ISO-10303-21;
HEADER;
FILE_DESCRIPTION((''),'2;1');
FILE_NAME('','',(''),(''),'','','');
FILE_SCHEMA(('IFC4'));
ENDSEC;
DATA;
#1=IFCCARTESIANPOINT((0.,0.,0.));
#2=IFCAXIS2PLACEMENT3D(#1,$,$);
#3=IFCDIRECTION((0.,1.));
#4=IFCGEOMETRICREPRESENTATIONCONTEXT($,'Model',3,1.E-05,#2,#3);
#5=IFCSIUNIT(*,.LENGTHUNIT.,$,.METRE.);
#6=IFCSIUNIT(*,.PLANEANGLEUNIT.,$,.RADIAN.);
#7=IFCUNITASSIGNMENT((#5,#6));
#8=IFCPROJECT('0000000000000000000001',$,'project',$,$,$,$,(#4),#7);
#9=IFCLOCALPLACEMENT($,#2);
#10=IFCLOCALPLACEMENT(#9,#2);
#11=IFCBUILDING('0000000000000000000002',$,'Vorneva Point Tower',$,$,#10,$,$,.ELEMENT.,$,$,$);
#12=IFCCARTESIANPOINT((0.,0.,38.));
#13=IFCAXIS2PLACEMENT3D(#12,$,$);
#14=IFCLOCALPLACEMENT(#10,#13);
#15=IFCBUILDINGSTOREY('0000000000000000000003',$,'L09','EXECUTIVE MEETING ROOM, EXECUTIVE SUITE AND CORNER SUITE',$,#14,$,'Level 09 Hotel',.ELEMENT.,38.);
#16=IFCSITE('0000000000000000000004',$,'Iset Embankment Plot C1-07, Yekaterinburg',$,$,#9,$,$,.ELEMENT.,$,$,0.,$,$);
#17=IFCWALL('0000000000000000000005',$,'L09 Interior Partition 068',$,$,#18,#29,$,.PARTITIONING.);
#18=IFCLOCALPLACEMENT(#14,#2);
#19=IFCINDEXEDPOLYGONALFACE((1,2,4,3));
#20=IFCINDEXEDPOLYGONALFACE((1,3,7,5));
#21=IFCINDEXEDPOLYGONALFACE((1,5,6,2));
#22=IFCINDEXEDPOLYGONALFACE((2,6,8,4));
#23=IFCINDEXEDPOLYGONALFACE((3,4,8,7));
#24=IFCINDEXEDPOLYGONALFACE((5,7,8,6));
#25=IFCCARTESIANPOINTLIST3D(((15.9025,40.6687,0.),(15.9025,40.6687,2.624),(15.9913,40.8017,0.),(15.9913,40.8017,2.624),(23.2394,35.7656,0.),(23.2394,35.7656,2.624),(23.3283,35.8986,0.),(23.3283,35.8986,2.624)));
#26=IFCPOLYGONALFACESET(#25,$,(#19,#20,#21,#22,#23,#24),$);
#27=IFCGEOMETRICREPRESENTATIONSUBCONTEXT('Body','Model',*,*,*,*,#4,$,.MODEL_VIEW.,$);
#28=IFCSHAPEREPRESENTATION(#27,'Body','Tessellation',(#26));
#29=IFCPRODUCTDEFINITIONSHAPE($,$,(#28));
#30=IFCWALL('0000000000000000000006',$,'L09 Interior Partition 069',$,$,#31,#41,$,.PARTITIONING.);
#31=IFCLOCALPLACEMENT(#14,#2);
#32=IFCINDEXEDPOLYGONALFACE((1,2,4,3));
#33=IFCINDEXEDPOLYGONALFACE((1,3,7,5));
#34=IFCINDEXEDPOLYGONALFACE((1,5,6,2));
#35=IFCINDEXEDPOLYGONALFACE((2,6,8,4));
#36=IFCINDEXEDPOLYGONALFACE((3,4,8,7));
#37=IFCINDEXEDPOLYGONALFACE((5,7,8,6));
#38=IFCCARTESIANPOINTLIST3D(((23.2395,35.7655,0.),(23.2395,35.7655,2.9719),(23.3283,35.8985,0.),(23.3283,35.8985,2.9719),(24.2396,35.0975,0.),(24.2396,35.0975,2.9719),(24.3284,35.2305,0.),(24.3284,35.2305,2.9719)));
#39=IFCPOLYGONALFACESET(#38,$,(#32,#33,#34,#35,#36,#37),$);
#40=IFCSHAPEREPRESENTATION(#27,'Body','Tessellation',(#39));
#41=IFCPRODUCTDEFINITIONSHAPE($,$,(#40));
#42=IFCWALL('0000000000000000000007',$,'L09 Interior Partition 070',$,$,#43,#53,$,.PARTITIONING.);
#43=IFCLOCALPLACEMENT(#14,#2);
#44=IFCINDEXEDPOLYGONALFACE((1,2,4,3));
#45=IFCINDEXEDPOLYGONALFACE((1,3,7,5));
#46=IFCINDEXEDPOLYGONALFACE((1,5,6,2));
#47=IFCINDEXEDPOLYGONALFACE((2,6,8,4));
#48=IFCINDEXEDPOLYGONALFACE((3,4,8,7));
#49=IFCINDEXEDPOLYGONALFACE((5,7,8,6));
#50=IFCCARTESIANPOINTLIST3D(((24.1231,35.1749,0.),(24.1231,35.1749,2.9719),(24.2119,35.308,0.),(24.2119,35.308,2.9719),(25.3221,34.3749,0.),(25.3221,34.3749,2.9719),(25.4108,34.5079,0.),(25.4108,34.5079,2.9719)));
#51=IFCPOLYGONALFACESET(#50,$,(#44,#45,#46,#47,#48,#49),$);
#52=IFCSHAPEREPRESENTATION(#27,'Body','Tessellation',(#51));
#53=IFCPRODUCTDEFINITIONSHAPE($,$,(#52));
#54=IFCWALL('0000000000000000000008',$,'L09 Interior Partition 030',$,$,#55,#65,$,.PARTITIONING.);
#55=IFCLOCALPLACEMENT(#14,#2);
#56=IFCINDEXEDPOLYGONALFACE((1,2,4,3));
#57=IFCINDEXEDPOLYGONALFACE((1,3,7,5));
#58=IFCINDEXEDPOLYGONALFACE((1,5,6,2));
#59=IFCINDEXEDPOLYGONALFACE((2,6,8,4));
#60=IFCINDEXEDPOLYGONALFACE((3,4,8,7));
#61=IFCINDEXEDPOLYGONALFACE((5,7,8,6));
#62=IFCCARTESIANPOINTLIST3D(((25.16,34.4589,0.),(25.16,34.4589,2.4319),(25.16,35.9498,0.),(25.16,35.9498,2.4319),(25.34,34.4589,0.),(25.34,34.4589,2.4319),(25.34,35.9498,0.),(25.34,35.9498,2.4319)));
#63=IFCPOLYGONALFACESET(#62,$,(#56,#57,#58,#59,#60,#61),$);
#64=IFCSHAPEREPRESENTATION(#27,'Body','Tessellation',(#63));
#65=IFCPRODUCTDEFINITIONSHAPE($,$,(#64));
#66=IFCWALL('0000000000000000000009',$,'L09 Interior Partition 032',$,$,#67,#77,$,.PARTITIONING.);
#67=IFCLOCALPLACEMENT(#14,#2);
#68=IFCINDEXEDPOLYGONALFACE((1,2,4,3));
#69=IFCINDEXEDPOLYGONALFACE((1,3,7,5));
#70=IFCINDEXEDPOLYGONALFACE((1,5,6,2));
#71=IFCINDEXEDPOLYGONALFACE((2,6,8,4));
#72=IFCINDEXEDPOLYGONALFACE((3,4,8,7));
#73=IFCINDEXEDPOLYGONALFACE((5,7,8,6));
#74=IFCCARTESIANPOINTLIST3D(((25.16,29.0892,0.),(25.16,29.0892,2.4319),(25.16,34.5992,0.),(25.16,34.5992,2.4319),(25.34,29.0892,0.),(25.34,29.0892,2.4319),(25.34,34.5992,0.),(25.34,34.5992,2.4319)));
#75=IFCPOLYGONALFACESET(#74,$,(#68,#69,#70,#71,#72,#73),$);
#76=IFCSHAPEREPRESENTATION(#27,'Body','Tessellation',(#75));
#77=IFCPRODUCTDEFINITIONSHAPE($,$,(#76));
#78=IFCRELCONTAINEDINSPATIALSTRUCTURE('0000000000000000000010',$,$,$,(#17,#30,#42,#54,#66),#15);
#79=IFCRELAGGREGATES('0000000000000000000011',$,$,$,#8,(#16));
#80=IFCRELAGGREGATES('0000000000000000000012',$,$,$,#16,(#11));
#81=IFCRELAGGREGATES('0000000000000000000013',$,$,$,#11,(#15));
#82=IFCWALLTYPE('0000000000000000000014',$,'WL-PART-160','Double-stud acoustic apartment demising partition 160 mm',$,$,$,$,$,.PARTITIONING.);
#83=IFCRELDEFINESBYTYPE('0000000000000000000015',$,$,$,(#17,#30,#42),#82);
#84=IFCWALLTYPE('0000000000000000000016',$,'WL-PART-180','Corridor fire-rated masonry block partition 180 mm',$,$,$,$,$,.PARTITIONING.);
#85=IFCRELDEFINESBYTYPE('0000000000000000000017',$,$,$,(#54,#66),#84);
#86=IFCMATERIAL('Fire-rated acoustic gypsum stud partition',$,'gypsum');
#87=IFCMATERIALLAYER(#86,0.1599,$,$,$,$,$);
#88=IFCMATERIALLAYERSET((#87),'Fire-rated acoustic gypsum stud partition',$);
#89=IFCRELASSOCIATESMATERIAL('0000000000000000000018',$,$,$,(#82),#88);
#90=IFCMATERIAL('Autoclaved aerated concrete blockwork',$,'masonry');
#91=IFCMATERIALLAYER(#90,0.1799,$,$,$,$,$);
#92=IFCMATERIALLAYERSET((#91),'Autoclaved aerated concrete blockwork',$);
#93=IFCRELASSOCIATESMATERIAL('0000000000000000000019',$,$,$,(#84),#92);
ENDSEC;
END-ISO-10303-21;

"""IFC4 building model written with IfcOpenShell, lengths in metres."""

from ifc_helpers import new_model, si_unit, direction, frame, frame_2d, origin, place, context, subcontext, project, spatial, rectangle, extrude, material, layer, layer_set, type_object, element, save


model = new_model("IFC4")

# Units and contexts
model_context = context("Model", 3, precision=1e-05, world=origin(), true_north=direction((0.0, 1.0)))
body_context = subcontext(model_context, "Body", "Model", "MODEL_VIEW")
ifc_project = project(units=[si_unit("LENGTHUNIT", "METRE"), si_unit("PLANEANGLEUNIT", "RADIAN")], contexts=[model_context])

# Site, building, storey
site_placement = place(None, origin())
site = spatial("IfcSite", under=ifc_project, at=site_placement, Name="Iset Embankment Plot C1-07, Yekaterinburg", CompositionType="ELEMENT", RefElevation=0.0)
building_placement = place(site_placement, origin())
building = spatial("IfcBuilding", under=site, at=building_placement, Name="Vorneva Point Tower", CompositionType="ELEMENT")
storey_placement = place(building_placement, frame((0.0, 0.0, 38.0)))
storey = spatial("IfcBuildingStorey", under=building, at=storey_placement, Name="L09", Description="EXECUTIVE MEETING ROOM, EXECUTIVE SUITE AND CORNER SUITE", LongName="Level 09 Hotel", CompositionType="ELEMENT", Elevation=38.0)

# Shared definitions
ifc_material_1 = material(Name="Fire-rated acoustic gypsum stud partition", Category="gypsum")

# Walls
ifc_layer_1 = layer(ifc_material_1, 0.1599)
ifc_layer_set_1 = layer_set([ifc_layer_1], Name="Fire-rated acoustic gypsum stud partition")
wall_type_1 = type_object("IfcWallType", Name="WL-PART-160", Description="Double-stud acoustic apartment demising partition 160 mm", PredefinedType="PARTITIONING", material=ifc_layer_set_1)
wall_1_placement = place(storey_placement, frame((15.947, 40.7351, 0.0), z_axis=(0.0, 0.0, 1.0), x_axis=(0.831433, -0.555626, 0.0)))
element("IfcWall", 1, at=wall_1_placement, inside=storey, type_object=wall_type_1, Name="L09 Interior Partition 068", PredefinedType="PARTITIONING", context=body_context, shape_type="SweptSolid", body=[
    extrude(rectangle(XDim=8.8245, YDim=0.1599, at=frame_2d((4.4121, 0.0))), origin(), (0.0, 0.0, 1.0), 2.624),
])
wall_2_placement = place(storey_placement, frame((23.2839, 35.832, 0.0), z_axis=(0.0, 0.0, 1.0), x_axis=(0.83155, -0.55545, 0.0)))
element("IfcWall", 2, at=wall_2_placement, inside=storey, type_object=wall_type_1, Name="L09 Interior Partition 069", PredefinedType="PARTITIONING", context=body_context, shape_type="SweptSolid", body=[
    extrude(rectangle(XDim=1.2026, YDim=0.1599, at=frame_2d((0.6013, 0.0))), origin(), (0.0, 0.0, 1.0), 2.9719),
])
wall_3_placement = place(storey_placement, frame((24.1675, 35.2415, 0.0), z_axis=(0.0, 0.0, 1.0), x_axis=(0.831816, -0.555052, 0.0)))
element("IfcWall", 3, at=wall_3_placement, inside=storey, type_object=wall_type_1, Name="L09 Interior Partition 070", PredefinedType="PARTITIONING", context=body_context, shape_type="SweptSolid", body=[
    extrude(rectangle(XDim=1.4414, YDim=0.1599, at=frame_2d((0.7207, 0.0))), origin(), (0.0, 0.0, 1.0), 2.9719),
])
ifc_material_2 = material(Name="Autoclaved aerated concrete blockwork", Category="masonry")
ifc_layer_2 = layer(ifc_material_2, 0.1799)
ifc_layer_set_2 = layer_set([ifc_layer_2], Name="Autoclaved aerated concrete blockwork")
wall_type_2 = type_object("IfcWallType", Name="WL-PART-180", Description="Corridor fire-rated masonry block partition 180 mm", PredefinedType="PARTITIONING", material=ifc_layer_set_2)
wall_4_placement = place(storey_placement, frame((25.25, 35.95, 0.0), z_axis=(0.0, 0.0, 1.0), x_axis=(0.0, -1.0, 0.0)))
element("IfcWall", 4, at=wall_4_placement, inside=storey, type_object=wall_type_2, Name="L09 Interior Partition 030", PredefinedType="PARTITIONING", context=body_context, shape_type="SweptSolid", body=[
    extrude(rectangle(XDim=1.491, YDim=0.1799, at=frame_2d((0.7456, 0.0))), origin(), (0.0, 0.0, 1.0), 2.4319),
])
wall_5_placement = place(storey_placement, frame((25.25, 34.5991, 0.0), z_axis=(0.0, 0.0, 1.0), x_axis=(0.0, -1.0, 0.0)))
element("IfcWall", 5, at=wall_5_placement, inside=storey, type_object=wall_type_2, Name="L09 Interior Partition 032", PredefinedType="PARTITIONING", context=body_context, shape_type="SweptSolid", body=[
    extrude(rectangle(XDim=5.51, YDim=0.1799, at=frame_2d((2.7549, 0.0))), origin(), (0.0, 0.0, 1.0), 2.4319),
])

save(model, "model.ifc")
